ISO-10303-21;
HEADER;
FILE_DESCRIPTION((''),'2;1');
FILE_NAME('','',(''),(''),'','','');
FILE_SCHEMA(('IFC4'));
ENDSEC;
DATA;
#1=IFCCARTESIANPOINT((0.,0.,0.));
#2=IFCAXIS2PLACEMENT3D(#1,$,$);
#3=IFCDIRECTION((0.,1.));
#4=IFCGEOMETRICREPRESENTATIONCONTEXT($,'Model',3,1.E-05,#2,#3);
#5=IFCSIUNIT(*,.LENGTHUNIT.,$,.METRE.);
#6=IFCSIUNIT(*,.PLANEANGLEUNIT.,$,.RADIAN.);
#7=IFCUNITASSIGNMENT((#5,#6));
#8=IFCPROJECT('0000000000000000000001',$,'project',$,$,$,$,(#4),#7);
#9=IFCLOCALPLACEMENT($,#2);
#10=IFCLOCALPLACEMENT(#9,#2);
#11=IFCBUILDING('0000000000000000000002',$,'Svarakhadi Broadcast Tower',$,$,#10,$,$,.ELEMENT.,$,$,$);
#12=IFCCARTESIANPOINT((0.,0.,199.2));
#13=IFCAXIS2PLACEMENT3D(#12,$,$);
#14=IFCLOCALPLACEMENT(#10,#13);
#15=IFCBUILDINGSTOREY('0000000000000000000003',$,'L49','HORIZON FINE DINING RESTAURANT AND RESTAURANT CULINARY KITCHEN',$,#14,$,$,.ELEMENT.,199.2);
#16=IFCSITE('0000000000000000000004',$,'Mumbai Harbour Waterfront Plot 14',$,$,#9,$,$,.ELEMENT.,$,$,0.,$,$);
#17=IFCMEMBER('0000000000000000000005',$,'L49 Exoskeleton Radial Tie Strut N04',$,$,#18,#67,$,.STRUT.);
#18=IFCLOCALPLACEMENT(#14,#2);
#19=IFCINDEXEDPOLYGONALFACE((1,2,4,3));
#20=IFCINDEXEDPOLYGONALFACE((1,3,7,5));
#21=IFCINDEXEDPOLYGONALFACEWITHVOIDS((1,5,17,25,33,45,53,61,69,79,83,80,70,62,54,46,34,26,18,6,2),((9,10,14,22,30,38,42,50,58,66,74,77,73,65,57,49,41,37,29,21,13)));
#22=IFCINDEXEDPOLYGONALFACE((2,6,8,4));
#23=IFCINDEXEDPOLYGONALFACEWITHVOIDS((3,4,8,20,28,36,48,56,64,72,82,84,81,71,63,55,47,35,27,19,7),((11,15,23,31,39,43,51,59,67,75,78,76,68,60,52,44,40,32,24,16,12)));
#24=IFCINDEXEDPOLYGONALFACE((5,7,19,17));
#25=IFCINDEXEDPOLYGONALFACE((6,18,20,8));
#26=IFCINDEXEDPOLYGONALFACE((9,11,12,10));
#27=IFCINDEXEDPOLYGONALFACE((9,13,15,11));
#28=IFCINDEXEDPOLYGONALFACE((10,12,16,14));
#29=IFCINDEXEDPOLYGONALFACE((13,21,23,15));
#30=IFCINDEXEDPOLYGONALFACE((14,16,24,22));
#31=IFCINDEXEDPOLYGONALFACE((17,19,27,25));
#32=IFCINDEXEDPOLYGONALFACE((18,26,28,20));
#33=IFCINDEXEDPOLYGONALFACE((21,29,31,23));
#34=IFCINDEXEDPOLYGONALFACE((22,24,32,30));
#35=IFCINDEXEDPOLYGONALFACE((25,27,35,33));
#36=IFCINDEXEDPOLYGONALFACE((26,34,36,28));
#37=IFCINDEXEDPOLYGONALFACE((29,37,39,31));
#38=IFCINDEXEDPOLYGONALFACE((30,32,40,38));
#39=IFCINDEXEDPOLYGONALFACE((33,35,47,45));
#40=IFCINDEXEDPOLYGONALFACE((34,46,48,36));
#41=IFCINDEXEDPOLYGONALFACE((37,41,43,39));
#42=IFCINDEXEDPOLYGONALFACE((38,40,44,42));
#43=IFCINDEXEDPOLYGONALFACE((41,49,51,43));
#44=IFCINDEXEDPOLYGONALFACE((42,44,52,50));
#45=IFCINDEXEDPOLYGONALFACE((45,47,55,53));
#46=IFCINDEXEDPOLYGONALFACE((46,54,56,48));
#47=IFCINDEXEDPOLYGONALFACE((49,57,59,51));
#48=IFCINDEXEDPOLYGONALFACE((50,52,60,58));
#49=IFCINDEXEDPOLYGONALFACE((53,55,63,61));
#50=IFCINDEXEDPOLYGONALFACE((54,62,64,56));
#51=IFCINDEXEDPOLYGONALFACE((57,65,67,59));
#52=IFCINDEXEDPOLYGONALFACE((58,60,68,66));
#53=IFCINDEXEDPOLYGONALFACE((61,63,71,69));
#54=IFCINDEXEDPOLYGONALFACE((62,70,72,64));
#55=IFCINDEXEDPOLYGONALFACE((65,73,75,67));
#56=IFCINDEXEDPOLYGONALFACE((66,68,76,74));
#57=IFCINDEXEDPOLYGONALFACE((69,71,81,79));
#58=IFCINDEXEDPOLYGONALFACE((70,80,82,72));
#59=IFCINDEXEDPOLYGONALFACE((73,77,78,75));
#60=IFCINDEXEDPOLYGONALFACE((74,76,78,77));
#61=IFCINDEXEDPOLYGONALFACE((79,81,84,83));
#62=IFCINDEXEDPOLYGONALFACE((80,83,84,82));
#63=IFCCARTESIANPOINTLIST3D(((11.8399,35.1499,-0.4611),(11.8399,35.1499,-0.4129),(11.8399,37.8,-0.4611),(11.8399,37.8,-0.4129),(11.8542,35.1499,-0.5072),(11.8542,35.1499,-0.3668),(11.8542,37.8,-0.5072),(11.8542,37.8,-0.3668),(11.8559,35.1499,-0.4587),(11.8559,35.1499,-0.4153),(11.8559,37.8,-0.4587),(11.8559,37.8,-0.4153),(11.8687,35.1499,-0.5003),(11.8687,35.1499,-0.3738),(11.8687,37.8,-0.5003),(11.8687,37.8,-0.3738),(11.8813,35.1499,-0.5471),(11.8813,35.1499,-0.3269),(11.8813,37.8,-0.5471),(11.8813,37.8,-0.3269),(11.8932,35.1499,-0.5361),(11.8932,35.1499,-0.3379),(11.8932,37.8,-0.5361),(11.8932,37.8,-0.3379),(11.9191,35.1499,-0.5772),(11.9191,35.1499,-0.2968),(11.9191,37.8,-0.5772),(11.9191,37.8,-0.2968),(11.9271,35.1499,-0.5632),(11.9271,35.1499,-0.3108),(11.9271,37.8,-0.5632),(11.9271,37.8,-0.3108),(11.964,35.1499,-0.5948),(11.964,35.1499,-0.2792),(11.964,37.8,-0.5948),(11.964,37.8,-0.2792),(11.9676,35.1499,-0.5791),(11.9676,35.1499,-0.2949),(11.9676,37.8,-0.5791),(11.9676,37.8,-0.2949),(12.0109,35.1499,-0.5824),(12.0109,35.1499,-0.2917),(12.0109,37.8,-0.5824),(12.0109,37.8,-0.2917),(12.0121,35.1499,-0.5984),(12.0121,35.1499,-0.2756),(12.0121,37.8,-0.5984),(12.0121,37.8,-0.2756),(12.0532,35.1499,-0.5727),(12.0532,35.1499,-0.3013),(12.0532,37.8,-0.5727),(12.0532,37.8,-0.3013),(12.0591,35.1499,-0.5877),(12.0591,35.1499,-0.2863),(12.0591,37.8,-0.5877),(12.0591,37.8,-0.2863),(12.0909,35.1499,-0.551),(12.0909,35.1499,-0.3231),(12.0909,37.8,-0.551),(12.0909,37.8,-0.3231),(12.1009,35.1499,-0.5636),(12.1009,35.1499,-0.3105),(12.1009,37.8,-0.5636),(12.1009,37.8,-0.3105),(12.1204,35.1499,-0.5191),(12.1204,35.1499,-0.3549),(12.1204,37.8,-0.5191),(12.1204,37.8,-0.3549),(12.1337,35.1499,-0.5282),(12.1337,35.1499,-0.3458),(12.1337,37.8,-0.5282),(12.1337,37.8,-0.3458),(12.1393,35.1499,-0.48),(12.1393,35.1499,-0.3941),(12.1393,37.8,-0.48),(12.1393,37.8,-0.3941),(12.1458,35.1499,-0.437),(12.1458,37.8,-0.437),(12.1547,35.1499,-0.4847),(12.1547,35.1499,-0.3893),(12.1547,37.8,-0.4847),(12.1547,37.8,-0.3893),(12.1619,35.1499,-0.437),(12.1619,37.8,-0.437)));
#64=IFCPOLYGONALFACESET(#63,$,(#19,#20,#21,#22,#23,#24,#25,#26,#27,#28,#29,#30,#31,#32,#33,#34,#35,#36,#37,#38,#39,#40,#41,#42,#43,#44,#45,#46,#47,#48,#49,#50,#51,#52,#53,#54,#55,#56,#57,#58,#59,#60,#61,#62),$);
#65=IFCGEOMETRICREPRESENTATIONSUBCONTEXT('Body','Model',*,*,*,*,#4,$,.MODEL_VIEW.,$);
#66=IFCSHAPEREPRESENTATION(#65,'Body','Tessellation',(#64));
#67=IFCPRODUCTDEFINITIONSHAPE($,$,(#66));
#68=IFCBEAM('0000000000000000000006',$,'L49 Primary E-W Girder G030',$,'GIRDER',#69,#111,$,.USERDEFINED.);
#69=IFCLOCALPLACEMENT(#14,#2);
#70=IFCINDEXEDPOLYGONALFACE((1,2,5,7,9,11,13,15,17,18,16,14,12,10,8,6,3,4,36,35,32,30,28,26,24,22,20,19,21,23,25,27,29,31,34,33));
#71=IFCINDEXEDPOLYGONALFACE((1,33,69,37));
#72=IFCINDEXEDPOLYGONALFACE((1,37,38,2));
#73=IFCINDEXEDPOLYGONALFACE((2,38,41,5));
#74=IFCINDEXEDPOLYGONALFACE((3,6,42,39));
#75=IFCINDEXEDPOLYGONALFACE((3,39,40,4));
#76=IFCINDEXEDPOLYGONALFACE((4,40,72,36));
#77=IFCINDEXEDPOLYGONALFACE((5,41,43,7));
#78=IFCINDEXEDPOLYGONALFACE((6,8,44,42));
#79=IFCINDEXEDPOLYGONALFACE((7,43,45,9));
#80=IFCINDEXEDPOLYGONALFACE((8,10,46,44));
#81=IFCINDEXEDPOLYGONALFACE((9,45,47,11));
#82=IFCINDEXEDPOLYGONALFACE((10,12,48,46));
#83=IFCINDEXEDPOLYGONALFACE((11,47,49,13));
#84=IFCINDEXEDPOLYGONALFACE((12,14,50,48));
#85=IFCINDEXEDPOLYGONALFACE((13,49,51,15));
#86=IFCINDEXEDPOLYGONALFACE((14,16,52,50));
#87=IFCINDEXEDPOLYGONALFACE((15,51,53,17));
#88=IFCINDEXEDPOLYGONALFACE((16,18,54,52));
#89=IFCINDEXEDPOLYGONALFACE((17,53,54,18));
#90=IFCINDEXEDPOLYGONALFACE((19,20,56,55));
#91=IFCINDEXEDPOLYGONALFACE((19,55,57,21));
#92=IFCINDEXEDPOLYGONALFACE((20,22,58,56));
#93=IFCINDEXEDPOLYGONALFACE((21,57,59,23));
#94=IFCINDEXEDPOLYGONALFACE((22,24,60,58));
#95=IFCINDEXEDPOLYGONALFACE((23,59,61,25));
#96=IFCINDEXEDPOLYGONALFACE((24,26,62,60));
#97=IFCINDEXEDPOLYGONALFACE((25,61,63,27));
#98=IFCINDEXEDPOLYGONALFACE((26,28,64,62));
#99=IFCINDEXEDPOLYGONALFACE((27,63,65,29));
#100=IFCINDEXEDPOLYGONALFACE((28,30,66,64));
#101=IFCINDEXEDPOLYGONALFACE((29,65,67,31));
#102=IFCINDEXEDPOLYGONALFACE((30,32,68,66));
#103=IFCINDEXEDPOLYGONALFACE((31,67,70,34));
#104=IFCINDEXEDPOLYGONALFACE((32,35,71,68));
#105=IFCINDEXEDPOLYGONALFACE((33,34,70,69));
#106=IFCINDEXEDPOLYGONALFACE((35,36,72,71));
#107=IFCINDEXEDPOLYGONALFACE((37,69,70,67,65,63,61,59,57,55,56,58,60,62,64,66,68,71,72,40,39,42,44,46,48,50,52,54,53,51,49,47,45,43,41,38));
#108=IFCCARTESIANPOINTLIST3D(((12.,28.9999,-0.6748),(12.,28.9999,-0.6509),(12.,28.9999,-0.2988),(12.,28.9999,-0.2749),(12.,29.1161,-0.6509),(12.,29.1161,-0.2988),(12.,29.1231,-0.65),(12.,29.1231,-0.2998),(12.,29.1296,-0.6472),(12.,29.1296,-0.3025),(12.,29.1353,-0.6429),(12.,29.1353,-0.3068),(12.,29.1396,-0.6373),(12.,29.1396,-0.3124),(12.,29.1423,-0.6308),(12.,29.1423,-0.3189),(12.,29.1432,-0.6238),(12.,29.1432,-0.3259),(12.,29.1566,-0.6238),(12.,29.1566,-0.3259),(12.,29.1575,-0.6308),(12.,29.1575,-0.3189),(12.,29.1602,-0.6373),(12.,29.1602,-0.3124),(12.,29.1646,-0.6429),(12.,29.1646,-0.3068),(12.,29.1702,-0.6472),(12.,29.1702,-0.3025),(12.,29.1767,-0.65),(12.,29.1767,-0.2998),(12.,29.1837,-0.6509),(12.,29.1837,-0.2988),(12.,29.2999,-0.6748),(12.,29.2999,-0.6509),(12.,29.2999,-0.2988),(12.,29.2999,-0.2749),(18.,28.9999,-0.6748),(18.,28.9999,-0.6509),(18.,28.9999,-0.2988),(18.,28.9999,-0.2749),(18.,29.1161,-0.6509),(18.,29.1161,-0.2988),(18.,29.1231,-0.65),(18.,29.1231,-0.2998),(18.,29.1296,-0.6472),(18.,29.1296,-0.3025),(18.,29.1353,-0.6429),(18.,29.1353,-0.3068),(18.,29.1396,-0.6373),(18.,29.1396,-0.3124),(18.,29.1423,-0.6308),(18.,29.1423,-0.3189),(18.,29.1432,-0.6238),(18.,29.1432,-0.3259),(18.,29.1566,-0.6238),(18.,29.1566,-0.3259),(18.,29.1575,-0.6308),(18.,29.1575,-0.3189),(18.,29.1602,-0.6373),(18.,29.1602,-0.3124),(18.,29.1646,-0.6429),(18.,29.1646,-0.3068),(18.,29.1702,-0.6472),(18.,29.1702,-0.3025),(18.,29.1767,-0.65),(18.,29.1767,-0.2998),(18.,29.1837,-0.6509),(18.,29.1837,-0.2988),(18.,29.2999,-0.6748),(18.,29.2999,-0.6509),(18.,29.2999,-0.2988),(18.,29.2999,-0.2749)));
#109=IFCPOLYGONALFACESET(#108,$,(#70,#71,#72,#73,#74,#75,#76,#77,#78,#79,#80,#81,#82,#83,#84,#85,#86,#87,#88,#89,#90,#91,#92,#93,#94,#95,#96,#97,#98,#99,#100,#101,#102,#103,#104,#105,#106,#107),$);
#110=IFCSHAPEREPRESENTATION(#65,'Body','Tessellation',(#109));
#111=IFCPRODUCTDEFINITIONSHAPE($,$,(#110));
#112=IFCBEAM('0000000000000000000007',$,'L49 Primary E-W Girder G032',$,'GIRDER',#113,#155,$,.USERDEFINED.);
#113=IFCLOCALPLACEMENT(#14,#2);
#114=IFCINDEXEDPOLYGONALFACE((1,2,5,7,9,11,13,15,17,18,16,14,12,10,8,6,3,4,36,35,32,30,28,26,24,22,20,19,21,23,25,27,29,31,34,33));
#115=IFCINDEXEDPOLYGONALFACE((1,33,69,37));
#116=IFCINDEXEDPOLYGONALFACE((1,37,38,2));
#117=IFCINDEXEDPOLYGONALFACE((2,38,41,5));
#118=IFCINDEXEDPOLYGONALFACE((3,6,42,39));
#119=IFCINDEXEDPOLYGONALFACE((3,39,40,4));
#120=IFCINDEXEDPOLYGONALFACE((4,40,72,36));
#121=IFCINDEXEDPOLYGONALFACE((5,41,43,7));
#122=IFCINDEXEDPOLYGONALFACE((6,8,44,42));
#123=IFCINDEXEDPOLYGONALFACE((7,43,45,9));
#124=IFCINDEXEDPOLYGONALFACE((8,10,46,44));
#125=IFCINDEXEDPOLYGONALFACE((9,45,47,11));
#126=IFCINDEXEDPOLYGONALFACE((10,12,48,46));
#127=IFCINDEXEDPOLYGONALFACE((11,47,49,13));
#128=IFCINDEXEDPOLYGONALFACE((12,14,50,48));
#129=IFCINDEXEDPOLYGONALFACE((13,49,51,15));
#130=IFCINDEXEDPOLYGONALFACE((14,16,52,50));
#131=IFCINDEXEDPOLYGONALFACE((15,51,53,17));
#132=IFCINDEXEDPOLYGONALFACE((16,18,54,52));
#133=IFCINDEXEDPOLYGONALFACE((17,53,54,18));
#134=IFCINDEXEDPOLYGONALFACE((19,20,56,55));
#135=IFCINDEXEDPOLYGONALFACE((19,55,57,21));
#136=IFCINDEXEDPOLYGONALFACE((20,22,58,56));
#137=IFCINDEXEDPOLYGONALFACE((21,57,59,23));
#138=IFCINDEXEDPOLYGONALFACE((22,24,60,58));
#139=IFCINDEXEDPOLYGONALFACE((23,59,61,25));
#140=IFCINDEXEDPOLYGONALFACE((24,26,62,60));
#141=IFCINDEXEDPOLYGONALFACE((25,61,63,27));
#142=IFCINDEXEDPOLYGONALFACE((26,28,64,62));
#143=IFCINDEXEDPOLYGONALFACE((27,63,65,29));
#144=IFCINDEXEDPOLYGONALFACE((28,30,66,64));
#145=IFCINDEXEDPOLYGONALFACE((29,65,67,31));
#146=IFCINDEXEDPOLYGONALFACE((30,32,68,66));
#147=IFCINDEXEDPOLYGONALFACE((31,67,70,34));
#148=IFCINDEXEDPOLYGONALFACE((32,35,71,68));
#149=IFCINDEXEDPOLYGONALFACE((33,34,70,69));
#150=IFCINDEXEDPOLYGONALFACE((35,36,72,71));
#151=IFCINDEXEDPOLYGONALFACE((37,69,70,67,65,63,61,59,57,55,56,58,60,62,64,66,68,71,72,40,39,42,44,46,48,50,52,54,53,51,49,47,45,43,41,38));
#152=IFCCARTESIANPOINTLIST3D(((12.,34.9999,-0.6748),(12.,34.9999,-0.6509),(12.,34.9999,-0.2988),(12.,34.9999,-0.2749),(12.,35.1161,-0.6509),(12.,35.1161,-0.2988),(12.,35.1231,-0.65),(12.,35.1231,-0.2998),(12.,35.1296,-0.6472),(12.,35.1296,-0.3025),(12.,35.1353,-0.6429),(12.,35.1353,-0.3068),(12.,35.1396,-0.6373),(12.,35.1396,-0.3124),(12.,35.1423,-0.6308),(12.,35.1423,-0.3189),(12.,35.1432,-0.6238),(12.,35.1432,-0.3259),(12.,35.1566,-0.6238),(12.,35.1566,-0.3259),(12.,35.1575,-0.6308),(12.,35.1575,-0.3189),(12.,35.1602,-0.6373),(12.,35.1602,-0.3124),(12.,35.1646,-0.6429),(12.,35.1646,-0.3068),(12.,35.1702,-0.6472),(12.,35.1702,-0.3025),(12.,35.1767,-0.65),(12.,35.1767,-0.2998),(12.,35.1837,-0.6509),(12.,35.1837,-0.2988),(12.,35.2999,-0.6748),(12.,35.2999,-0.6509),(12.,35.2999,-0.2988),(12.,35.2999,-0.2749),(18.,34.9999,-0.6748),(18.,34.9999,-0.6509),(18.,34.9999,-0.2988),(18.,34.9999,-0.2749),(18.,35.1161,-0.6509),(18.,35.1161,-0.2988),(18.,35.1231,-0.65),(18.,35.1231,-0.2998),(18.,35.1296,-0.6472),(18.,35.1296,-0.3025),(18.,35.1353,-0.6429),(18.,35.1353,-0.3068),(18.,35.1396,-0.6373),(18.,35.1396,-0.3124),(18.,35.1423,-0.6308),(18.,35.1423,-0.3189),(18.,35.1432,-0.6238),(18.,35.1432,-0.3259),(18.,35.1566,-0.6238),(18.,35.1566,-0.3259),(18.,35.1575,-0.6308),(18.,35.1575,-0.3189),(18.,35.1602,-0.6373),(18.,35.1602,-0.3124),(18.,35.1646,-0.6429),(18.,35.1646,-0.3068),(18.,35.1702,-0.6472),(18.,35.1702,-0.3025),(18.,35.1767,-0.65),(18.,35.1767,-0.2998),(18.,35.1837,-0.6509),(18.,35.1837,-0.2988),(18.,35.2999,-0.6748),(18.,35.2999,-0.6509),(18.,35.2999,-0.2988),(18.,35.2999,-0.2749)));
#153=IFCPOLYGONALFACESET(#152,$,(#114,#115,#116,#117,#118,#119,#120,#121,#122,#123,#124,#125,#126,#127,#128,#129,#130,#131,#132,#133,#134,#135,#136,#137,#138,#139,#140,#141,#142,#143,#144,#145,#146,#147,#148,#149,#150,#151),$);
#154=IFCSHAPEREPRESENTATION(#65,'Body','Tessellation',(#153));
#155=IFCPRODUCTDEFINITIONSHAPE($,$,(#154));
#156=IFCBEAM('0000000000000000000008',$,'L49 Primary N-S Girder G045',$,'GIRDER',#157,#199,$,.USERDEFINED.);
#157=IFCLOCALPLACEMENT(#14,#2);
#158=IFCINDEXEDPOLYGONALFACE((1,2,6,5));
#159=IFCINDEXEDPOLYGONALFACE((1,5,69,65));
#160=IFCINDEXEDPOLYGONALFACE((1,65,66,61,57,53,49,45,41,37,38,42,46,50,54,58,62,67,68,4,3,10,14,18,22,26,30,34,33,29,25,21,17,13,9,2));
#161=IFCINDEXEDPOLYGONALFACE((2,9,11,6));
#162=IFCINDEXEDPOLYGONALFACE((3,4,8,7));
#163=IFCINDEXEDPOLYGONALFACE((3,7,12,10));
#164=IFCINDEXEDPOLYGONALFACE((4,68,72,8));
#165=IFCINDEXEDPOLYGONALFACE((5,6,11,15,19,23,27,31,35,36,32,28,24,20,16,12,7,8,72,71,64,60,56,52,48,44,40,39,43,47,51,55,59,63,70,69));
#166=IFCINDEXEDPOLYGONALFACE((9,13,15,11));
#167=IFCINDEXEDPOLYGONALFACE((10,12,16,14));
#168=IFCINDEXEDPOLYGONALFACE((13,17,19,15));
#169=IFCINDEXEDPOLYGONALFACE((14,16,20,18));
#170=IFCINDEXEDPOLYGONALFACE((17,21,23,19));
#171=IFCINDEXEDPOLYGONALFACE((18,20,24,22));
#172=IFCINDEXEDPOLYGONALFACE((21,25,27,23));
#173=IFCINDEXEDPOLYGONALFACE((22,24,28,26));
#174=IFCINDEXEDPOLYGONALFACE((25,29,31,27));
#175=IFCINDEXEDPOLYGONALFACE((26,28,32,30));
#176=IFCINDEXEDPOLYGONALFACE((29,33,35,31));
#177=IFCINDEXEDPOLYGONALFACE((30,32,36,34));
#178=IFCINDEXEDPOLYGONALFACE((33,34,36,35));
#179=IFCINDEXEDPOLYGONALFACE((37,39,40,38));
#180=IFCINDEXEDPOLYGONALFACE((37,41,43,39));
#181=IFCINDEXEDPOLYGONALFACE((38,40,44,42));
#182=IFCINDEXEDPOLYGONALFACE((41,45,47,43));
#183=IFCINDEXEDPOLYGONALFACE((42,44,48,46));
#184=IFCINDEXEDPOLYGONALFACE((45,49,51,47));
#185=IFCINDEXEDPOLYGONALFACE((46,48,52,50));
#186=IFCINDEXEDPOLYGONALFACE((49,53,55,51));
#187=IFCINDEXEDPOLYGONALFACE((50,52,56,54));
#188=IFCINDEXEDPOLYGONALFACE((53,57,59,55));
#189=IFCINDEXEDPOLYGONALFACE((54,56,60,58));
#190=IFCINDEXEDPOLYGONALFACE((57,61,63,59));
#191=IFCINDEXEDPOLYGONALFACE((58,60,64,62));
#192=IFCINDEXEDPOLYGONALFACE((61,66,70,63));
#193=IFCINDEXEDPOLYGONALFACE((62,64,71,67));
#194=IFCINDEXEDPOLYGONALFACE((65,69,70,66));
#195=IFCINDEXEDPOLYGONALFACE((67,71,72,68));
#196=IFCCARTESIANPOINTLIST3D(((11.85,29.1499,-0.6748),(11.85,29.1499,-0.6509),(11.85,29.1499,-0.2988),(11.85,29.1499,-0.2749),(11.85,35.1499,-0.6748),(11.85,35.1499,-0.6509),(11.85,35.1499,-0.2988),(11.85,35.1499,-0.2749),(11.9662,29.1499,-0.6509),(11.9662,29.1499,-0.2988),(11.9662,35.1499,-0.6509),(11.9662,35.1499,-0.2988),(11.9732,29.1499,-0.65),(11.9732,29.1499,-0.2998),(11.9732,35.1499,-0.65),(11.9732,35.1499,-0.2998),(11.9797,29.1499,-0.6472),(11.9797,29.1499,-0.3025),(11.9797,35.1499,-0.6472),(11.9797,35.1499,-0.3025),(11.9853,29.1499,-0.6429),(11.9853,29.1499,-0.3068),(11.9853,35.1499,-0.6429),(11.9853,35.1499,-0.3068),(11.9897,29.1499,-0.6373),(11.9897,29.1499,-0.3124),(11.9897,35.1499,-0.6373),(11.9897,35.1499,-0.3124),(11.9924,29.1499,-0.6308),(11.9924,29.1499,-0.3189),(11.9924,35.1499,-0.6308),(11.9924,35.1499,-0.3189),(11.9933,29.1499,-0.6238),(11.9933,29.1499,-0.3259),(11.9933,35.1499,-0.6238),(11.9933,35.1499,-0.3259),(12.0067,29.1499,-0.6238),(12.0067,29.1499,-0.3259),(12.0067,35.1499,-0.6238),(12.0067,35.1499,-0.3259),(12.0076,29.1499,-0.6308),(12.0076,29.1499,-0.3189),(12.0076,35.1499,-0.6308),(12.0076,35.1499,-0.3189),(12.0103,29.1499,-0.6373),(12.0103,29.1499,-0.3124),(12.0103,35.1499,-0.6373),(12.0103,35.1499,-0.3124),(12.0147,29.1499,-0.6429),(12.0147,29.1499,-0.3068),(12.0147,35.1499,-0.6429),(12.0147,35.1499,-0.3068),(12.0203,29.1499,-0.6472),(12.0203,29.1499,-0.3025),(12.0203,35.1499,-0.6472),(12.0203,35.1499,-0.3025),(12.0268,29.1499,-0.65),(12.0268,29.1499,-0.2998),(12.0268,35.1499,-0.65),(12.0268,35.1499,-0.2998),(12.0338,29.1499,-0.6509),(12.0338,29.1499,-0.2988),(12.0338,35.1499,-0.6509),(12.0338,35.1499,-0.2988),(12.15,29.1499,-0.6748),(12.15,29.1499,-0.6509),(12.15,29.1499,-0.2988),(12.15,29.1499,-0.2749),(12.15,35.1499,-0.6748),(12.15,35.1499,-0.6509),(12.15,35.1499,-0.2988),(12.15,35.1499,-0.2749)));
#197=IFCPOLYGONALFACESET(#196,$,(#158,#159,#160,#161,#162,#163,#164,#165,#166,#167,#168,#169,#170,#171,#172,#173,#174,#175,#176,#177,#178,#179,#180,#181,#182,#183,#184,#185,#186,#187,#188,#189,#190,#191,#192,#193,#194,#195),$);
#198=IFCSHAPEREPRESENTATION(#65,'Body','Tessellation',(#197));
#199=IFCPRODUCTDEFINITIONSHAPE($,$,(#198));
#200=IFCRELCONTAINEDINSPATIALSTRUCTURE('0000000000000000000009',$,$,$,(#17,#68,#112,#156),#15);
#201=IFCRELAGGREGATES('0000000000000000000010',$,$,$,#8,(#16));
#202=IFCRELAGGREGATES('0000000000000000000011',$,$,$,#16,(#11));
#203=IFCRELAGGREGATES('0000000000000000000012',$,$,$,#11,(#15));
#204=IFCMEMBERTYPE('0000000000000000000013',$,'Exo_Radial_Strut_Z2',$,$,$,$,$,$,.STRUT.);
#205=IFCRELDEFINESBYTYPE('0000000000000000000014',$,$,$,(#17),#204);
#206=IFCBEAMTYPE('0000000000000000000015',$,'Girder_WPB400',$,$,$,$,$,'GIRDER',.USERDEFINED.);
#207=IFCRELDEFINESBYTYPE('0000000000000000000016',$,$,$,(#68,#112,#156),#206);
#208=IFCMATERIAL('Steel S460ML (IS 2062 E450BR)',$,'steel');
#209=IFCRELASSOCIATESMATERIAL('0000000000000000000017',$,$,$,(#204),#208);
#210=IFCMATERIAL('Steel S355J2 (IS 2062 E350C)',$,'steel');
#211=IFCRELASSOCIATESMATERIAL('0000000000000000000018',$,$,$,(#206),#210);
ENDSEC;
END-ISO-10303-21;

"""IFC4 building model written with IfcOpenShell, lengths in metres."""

from ifc_helpers import new_model, si_unit, direction, frame, origin, origin_2d, place, context, subcontext, project, spatial, hollow_circle, i_section, extrude, material, material_profile, profile_set, type_object, element, save


model = new_model("IFC4")

# Units and contexts
model_context = context("Model", 3, precision=1e-05, world=origin(), true_north=direction((0.0, 1.0)))
body_context = subcontext(model_context, "Body", "Model", "MODEL_VIEW")
ifc_project = project(units=[si_unit("LENGTHUNIT", "METRE"), si_unit("PLANEANGLEUNIT", "RADIAN")], contexts=[model_context])

# Site, building, storey
site_placement = place(None, origin())
site = spatial("IfcSite", under=ifc_project, at=site_placement, Name="Mumbai Harbour Waterfront Plot 14", CompositionType="ELEMENT", RefElevation=0.0)
building_placement = place(site_placement, origin())
building = spatial("IfcBuilding", under=site, at=building_placement, Name="Svarakhadi Broadcast Tower", CompositionType="ELEMENT")
storey_placement = place(building_placement, frame((0.0, 0.0, 199.2)))
storey = spatial("IfcBuildingStorey", under=building, at=storey_placement, Name="L49", Description="HORIZON FINE DINING RESTAURANT AND RESTAURANT CULINARY KITCHEN", CompositionType="ELEMENT", Elevation=199.2)

# Shared definitions
ifc_material_1 = material(Name="Steel S460ML (IS 2062 E450BR)", Category="steel")

# Shared definitions
ifc_material_2 = material(Name="Steel S355J2 (IS 2062 E350C)", Category="steel")

# Member
ifc_material_profile_1 = material_profile(ifc_material_1, hollow_circle(Radius=0.1619, WallThickness=0.0161, at=origin_2d()), Name="CHS 323.9x16")
ifc_profile_set_1 = profile_set([ifc_material_profile_1], Name="Steel S460ML (IS 2062 E450BR)")
member_type_1 = type_object("IfcMemberType", Name="Exo_Radial_Strut_Z2", PredefinedType="STRUT", material=ifc_profile_set_1)
member_1_placement = place(storey_placement, frame((12.0, 37.8, -0.437), z_axis=(0.0, -1.0, 0.0), x_axis=(1.0, 0.0, 0.0)))
element("IfcMember", 1, at=member_1_placement, inside=storey, type_object=member_type_1, Name="L49 Exoskeleton Radial Tie Strut N04", PredefinedType="STRUT", context=body_context, shape_type="SweptSolid", body=[
    extrude(hollow_circle(Radius=0.1619, WallThickness=0.0161, at=origin_2d()), origin(), (0.0, 0.0, 1.0), 2.6501),
])

# Beams
ifc_material_profile_2 = material_profile(ifc_material_2, i_section(OverallWidth=0.3, OverallDepth=0.3999, WebThickness=0.0134, FlangeThickness=0.0239, FilletRadius=0.0271, at=origin_2d()), Name="WPB 400x300x155")
ifc_profile_set_2 = profile_set([ifc_material_profile_2], Name="Steel S355J2 (IS 2062 E350C)")
beam_type_1 = type_object("IfcBeamType", Name="Girder_WPB400", ElementType="GIRDER", PredefinedType="USERDEFINED", material=ifc_profile_set_2)
for number, where, z_axis, x_axis, name in (
    (2, (12.0, 29.1499, -0.4749), (1.0, 0.0, 0.0), (0.0, 1.0, 0.0), "L49 Primary E-W Girder G030"),
    (3, (12.0, 35.1499, -0.4749), (1.0, 0.0, 0.0), (0.0, 1.0, 0.0), "L49 Primary E-W Girder G032"),
    (4, (12.0, 29.1499, -0.4749), (0.0, 1.0, 0.0), (-1.0, 0.0, 0.0), "L49 Primary N-S Girder G045"),
):
    element("IfcBeam", number, at=place(storey_placement, frame(where, z_axis=z_axis, x_axis=x_axis)), inside=storey, type_object=beam_type_1, Name=name, ObjectType="GIRDER", PredefinedType="USERDEFINED", context=body_context, shape_type="SweptSolid", body=[
        extrude(i_section(OverallWidth=0.3, OverallDepth=0.3999, WebThickness=0.0134, FlangeThickness=0.0239, FilletRadius=0.0271, at=origin_2d()), origin(), (0.0, 0.0, 1.0), 6.0),
    ])

save(model, "model.ifc")
